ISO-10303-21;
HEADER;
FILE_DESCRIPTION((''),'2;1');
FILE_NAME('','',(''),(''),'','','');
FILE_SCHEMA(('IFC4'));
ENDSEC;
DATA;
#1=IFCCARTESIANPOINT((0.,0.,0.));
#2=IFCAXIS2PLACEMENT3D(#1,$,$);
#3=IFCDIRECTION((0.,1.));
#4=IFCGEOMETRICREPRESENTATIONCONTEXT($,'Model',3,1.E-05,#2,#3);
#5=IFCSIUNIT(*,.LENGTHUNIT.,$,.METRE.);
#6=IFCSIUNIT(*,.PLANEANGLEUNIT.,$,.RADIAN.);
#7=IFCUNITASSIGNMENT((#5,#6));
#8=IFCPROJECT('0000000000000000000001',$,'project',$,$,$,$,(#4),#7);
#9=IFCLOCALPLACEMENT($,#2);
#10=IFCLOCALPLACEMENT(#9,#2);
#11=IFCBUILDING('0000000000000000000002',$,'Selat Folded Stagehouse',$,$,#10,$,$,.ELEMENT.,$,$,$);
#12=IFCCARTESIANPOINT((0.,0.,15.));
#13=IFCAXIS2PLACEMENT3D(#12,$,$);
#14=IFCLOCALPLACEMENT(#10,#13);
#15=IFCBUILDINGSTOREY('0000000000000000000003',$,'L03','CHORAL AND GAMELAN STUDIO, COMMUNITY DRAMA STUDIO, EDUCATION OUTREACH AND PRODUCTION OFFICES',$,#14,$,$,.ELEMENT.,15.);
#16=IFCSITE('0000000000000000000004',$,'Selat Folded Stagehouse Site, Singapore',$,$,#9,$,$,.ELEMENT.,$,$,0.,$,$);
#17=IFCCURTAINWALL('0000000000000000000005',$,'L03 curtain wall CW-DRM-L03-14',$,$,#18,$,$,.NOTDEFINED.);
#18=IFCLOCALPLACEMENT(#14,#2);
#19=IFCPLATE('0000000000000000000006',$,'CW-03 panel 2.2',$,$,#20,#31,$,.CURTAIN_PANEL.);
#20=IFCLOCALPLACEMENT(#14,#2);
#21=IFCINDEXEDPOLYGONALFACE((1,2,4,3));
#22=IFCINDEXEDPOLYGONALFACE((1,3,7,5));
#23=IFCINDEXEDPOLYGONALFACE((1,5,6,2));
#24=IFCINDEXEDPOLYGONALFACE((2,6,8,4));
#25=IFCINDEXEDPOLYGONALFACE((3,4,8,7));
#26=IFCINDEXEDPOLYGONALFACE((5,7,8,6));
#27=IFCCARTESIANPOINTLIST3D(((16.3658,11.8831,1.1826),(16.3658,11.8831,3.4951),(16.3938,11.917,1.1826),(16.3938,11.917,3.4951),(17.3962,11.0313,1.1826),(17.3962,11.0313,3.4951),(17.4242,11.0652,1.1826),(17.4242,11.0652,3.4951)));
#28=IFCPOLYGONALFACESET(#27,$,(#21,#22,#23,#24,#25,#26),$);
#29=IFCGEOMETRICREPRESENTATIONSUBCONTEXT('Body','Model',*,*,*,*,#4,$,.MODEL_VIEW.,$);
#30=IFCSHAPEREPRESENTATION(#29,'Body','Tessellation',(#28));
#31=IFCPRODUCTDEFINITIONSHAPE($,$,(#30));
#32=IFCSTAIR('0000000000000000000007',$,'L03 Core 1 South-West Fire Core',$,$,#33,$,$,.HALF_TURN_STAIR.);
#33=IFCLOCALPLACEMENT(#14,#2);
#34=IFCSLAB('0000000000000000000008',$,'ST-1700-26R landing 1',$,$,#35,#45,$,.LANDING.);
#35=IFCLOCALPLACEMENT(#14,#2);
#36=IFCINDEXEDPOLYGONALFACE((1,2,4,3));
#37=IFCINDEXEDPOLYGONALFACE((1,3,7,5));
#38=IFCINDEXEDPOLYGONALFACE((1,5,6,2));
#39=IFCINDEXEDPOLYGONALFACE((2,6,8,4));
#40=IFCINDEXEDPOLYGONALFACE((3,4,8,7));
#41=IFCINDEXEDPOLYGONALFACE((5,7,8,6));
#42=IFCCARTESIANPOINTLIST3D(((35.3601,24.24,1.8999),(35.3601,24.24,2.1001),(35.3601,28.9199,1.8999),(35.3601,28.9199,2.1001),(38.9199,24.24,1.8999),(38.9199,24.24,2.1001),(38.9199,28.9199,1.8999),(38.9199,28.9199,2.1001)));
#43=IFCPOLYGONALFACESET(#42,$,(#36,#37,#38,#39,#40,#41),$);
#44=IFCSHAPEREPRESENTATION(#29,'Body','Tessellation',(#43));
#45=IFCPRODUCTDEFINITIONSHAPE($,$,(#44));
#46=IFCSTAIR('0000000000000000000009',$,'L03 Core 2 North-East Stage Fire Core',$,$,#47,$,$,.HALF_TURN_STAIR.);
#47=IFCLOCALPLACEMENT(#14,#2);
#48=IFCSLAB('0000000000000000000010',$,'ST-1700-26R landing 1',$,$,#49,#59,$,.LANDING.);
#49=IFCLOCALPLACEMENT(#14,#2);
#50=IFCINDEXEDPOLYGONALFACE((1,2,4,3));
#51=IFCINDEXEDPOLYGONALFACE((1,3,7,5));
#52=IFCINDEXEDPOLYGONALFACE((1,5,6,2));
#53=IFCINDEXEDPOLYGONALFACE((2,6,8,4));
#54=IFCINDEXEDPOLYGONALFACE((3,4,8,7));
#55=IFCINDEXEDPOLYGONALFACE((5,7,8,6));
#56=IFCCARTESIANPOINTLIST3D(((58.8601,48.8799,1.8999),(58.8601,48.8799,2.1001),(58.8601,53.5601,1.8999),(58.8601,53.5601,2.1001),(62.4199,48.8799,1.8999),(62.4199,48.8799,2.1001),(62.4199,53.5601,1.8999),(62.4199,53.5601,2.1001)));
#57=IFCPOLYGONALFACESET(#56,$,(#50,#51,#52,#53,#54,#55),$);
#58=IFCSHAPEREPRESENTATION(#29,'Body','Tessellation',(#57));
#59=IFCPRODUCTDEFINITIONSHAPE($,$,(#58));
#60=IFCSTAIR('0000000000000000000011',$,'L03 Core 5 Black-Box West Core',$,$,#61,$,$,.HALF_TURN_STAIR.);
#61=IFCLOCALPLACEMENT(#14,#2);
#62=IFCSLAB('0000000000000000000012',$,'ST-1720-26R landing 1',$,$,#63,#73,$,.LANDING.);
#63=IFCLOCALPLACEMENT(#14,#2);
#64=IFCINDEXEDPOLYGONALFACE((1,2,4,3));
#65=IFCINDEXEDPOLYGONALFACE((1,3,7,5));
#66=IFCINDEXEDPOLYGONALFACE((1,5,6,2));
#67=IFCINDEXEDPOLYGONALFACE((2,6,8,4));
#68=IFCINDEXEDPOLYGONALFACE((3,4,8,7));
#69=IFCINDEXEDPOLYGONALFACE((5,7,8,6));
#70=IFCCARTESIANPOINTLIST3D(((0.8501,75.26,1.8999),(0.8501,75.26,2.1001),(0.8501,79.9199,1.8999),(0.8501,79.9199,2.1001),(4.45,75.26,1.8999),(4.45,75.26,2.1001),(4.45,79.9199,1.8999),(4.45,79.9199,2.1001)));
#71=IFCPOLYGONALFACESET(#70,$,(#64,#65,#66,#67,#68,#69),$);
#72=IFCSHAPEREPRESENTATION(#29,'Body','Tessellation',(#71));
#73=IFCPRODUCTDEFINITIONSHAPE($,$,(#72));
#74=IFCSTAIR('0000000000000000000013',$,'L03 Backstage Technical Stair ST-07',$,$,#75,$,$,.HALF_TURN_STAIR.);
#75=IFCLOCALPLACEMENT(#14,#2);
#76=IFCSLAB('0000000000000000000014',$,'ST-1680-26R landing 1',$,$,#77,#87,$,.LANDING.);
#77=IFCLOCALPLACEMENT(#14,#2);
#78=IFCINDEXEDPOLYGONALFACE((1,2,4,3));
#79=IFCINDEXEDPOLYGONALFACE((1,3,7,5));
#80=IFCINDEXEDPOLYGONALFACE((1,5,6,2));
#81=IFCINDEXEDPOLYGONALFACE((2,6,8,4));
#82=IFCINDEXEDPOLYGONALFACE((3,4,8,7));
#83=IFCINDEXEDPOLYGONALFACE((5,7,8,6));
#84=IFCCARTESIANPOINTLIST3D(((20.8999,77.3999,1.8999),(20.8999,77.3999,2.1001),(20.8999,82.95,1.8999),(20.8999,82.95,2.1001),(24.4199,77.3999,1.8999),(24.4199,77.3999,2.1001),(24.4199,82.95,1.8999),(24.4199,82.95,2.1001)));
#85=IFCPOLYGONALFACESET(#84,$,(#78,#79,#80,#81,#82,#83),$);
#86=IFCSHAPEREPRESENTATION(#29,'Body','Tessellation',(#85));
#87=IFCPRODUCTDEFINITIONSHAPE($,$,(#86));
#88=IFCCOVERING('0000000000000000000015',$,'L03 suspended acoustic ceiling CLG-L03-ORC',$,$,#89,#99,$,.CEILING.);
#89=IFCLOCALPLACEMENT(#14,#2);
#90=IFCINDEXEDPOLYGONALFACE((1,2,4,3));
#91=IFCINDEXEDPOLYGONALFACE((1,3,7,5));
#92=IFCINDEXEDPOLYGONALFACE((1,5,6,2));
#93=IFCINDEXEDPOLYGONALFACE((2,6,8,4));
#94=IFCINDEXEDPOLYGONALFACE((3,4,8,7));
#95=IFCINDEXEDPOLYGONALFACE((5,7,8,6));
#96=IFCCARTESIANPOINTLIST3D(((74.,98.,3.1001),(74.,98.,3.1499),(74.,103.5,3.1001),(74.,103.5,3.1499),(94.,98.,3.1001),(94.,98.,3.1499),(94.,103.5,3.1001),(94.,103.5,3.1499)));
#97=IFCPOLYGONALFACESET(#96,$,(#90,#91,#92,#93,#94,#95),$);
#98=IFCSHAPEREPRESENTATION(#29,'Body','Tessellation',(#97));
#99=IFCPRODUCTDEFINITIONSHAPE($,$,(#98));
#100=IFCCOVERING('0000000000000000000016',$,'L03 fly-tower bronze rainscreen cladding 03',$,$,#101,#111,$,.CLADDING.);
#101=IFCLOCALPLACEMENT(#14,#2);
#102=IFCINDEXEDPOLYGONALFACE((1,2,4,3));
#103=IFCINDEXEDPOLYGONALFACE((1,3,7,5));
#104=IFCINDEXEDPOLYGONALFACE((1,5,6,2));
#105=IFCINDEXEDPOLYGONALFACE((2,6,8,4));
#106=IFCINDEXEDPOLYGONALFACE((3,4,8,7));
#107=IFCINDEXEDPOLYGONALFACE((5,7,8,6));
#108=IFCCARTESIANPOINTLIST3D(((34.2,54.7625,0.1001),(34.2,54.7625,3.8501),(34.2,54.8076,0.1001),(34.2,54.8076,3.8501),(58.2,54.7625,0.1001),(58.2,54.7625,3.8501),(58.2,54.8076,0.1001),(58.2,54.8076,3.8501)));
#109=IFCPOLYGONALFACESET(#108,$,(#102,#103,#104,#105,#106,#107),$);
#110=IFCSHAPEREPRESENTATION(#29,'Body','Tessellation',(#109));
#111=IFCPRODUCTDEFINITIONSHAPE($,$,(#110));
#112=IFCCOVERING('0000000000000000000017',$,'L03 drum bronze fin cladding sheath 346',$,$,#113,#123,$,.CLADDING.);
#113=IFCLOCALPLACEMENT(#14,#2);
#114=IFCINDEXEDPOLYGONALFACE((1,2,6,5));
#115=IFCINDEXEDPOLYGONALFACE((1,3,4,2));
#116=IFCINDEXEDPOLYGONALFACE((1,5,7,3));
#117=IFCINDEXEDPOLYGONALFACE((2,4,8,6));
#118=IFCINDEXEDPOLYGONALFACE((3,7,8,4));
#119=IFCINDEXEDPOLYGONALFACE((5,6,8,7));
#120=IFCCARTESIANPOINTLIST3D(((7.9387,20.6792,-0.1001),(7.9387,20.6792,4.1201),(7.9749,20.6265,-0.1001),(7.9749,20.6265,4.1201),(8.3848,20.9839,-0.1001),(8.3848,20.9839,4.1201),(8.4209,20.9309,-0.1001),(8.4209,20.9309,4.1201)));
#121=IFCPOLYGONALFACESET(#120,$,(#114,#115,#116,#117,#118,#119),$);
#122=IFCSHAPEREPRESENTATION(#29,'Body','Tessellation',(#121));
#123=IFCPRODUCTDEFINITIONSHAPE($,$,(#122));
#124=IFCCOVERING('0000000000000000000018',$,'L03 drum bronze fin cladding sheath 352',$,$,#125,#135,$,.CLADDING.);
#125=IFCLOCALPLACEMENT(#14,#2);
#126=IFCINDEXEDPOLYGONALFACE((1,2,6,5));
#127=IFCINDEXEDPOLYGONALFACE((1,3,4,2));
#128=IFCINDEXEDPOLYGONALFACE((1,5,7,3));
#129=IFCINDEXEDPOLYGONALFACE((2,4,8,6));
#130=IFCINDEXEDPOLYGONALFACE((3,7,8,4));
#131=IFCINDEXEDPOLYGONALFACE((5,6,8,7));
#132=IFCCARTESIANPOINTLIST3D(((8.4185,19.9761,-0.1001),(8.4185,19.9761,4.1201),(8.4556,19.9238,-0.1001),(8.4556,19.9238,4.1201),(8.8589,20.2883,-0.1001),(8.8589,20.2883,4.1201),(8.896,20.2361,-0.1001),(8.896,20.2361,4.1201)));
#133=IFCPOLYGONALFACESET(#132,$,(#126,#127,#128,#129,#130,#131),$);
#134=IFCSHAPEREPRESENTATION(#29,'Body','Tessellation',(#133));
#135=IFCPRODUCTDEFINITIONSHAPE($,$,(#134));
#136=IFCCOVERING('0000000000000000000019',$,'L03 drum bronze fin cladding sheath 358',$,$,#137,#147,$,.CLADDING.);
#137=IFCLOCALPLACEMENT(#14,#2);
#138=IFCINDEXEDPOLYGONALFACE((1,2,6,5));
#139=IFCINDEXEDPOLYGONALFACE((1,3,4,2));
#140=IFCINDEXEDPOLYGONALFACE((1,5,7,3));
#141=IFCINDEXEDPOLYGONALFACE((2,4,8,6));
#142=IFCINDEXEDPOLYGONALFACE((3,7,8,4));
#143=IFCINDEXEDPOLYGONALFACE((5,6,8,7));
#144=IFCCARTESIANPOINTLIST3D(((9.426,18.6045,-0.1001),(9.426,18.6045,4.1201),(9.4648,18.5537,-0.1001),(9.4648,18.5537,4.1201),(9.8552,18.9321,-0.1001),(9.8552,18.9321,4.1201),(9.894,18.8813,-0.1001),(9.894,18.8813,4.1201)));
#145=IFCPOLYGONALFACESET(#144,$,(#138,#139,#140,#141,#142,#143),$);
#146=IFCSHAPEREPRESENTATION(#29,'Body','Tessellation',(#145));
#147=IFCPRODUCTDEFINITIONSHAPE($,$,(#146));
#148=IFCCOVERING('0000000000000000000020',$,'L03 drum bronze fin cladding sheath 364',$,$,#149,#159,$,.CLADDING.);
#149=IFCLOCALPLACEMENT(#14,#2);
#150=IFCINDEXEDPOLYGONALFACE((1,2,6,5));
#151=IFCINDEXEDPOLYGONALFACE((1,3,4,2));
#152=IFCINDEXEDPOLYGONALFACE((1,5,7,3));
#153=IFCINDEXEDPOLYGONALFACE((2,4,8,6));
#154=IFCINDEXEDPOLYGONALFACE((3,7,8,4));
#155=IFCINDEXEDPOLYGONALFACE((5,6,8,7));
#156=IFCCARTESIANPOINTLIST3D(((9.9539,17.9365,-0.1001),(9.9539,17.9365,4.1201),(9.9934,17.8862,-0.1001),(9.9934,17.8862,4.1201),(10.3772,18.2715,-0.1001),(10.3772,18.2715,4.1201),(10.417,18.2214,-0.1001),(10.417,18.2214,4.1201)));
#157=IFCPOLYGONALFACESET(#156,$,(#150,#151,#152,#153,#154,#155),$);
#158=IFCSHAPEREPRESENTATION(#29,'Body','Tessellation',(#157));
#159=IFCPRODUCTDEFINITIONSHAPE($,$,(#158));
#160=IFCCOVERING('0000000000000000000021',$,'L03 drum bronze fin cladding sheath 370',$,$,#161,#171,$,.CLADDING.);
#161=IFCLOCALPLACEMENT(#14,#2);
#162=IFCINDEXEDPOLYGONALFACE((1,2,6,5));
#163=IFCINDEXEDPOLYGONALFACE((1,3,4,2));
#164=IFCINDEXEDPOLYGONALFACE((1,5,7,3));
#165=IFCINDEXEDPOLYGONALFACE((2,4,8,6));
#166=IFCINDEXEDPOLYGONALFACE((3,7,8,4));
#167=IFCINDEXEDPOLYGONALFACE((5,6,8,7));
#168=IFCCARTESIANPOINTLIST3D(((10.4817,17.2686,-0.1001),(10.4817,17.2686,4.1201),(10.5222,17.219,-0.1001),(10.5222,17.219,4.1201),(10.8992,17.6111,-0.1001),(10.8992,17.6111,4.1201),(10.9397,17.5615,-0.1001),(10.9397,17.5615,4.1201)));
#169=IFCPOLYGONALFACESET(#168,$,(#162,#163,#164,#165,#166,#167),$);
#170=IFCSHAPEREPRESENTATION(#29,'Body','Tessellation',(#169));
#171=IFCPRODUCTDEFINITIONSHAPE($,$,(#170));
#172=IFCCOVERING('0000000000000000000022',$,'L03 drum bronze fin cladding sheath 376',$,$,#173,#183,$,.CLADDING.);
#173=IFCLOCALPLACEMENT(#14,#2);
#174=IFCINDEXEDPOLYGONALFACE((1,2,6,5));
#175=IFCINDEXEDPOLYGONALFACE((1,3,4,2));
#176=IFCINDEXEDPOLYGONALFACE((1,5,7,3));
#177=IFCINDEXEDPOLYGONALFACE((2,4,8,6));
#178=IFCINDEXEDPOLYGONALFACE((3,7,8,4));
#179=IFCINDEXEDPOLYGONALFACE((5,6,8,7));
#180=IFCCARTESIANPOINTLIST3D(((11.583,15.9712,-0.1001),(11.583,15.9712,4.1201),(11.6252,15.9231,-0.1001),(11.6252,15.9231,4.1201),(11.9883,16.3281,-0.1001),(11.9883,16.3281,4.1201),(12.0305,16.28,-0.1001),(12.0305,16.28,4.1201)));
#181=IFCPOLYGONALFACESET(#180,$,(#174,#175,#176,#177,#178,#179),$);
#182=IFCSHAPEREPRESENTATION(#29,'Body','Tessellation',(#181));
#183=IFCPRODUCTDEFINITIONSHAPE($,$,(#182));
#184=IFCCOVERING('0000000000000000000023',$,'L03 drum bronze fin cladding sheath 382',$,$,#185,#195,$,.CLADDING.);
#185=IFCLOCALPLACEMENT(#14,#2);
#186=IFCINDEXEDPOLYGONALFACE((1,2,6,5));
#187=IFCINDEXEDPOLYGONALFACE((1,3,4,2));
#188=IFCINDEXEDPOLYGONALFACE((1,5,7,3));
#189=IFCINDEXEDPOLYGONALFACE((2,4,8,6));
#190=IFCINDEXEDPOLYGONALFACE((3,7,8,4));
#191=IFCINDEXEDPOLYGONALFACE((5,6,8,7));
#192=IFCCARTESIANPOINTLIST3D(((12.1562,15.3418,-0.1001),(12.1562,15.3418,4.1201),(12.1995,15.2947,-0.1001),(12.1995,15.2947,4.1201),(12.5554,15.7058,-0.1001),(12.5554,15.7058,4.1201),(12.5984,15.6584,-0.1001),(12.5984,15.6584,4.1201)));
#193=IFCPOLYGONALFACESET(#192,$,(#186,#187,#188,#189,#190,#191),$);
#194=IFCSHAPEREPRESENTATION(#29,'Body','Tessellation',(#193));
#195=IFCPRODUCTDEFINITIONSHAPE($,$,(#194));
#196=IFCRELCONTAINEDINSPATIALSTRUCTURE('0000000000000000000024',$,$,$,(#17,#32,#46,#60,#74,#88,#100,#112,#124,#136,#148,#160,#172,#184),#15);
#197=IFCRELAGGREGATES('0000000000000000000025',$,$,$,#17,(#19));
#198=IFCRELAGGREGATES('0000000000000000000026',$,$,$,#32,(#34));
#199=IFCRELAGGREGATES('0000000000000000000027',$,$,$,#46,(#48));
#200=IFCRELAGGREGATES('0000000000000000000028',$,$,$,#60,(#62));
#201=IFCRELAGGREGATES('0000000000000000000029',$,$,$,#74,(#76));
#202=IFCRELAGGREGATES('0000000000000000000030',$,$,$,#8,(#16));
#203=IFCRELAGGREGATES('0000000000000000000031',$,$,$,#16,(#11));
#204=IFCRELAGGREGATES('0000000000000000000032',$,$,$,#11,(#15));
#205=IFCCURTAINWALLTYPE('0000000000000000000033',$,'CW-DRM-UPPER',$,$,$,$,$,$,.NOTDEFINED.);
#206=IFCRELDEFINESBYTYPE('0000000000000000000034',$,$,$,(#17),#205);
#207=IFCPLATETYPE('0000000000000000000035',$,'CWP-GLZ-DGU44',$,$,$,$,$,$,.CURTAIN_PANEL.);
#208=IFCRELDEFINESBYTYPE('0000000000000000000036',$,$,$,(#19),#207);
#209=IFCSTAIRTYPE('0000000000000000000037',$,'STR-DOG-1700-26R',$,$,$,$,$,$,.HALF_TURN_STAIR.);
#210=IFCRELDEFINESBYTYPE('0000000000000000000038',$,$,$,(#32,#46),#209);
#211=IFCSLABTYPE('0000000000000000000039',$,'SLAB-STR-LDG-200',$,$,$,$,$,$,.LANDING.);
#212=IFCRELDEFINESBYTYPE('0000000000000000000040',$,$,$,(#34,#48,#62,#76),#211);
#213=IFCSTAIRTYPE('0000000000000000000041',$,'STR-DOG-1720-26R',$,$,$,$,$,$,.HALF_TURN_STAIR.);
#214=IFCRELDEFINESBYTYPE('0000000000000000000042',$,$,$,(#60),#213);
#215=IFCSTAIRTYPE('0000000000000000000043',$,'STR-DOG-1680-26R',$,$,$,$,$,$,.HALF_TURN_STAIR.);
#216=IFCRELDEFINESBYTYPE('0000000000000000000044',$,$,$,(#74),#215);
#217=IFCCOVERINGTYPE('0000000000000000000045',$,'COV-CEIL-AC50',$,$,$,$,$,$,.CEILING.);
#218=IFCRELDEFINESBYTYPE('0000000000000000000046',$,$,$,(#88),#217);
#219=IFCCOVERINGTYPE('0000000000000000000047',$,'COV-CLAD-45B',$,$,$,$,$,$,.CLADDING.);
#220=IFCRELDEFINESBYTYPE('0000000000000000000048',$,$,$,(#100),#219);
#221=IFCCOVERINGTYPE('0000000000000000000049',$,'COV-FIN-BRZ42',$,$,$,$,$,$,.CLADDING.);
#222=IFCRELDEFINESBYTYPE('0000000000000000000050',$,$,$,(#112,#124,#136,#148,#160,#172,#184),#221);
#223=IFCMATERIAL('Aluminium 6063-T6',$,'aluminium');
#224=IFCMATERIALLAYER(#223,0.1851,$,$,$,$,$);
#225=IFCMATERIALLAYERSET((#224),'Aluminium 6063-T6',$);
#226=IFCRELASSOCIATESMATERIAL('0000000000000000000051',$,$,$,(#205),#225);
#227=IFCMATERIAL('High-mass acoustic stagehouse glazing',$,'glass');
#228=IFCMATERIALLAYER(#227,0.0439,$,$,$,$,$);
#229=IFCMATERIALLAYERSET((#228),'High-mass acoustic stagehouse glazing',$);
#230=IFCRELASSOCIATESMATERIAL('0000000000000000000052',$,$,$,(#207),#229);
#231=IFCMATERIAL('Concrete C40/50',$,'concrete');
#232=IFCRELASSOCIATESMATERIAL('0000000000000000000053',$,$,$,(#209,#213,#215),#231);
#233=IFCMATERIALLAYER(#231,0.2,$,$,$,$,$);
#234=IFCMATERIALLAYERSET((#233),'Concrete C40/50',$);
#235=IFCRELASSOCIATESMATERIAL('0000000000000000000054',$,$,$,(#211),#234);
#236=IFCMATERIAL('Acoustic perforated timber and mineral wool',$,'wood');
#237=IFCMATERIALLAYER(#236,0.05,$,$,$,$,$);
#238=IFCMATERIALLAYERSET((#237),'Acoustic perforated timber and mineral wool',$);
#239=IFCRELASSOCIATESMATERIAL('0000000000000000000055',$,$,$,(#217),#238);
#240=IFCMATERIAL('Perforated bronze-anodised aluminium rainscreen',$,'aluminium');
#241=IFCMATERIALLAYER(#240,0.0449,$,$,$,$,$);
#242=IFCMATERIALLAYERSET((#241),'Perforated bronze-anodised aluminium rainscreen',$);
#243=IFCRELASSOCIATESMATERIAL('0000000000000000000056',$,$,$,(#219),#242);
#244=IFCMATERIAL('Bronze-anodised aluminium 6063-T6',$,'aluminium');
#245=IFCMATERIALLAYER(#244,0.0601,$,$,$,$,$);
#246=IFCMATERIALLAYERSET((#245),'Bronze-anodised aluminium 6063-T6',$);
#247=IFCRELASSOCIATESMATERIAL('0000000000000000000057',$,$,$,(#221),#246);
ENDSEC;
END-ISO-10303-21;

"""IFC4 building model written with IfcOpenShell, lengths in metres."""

from ifc_helpers import new_model, si_unit, direction, frame, origin, origin_2d, place, context, subcontext, project, spatial, polyline, rectangle, outline, extrude, material, layer, layer_set, type_object, element, aggregate, save


model = new_model("IFC4")

# Units and contexts
model_context = context("Model", 3, precision=1e-05, world=origin(), true_north=direction((0.0, 1.0)))
body_context = subcontext(model_context, "Body", "Model", "MODEL_VIEW")
ifc_project = project(units=[si_unit("LENGTHUNIT", "METRE"), si_unit("PLANEANGLEUNIT", "RADIAN")], contexts=[model_context])

# Site, building, storey
site_placement = place(None, origin())
site = spatial("IfcSite", under=ifc_project, at=site_placement, Name="Selat Folded Stagehouse Site, Singapore", CompositionType="ELEMENT", RefElevation=0.0)
building_placement = place(site_placement, origin())
building = spatial("IfcBuilding", under=site, at=building_placement, Name="Selat Folded Stagehouse", CompositionType="ELEMENT")
storey_placement = place(building_placement, frame((0.0, 0.0, 15.0)))
storey = spatial("IfcBuildingStorey", under=building, at=storey_placement, Name="L03", Description="CHORAL AND GAMELAN STUDIO, COMMUNITY DRAMA STUDIO, EDUCATION OUTREACH AND PRODUCTION OFFICES", CompositionType="ELEMENT", Elevation=15.0)

# Shared definitions
ifc_material_1 = material(Name="Aluminium 6063-T6", Category="aluminium")
ifc_layer_1 = layer(ifc_material_1, 0.1851)
ifc_layer_set_1 = layer_set([ifc_layer_1], Name="Aluminium 6063-T6")
curtain_wall_type = type_object("IfcCurtainWallType", Name="CW-DRM-UPPER", PredefinedType="NOTDEFINED", material=ifc_layer_set_1)

# Curtain wall
curtain_wall_1_placement = place(storey_placement, origin())
curtain_wall_1 = element("IfcCurtainWall", 1, at=curtain_wall_1_placement, inside=storey, type_object=curtain_wall_type, Name="L03 curtain wall CW-DRM-L03-14", PredefinedType="NOTDEFINED")

# Plate
ifc_material_2 = material(Name="High-mass acoustic stagehouse glazing", Category="glass")
ifc_layer_2 = layer(ifc_material_2, 0.0439)
ifc_layer_set_2 = layer_set([ifc_layer_2], Name="High-mass acoustic stagehouse glazing")
plate_type = type_object("IfcPlateType", Name="CWP-GLZ-DGU44", PredefinedType="CURTAIN_PANEL", material=ifc_layer_set_2)
plate_1_placement = place(storey_placement, frame((16.895, 11.4741, 1.1826), z_axis=(0.0, 0.0, 1.0), x_axis=(-0.770747, 0.637142, 0.0)))
plate_1 = element("IfcPlate", 2, at=plate_1_placement, type_object=plate_type, Name="CW-03 panel 2.2", PredefinedType="CURTAIN_PANEL", context=body_context, shape_type="SweptSolid", body=[
    extrude(rectangle(XDim=1.3369, YDim=0.0439, at=origin_2d()), origin(), (0.0, 0.0, 1.0), 2.3125),
])
aggregate(curtain_wall_1, [plate_1])

# Stairs, slabs
ifc_material_3 = material(Name="Concrete C40/50", Category="concrete")
stair_type_1 = type_object("IfcStairType", Name="STR-DOG-1700-26R", PredefinedType="HALF_TURN_STAIR", material=ifc_material_3)
stair_1_placement = place(storey_placement, origin())
stair_1 = element("IfcStair", 3, at=stair_1_placement, inside=storey, type_object=stair_type_1, Name="L03 Core 1 South-West Fire Core", PredefinedType="HALF_TURN_STAIR")
ifc_layer_3 = layer(ifc_material_3, 0.2)
ifc_layer_set_3 = layer_set([ifc_layer_3], Name="Concrete C40/50")
slab_type = type_object("IfcSlabType", Name="SLAB-STR-LDG-200", PredefinedType="LANDING", material=ifc_layer_set_3)
slab_1_placement = place(storey_placement, frame((0.0, 0.0, 1.8999)))
slab_1 = element("IfcSlab", 4, at=slab_1_placement, type_object=slab_type, Name="ST-1700-26R landing 1", PredefinedType="LANDING", context=body_context, shape_type="SweptSolid", body=[
    extrude(outline(polyline([(35.3601, 28.9199), (35.3601, 24.24), (38.9199, 24.24), (38.9199, 28.9199), (35.3601, 28.9199)])), origin(), (0.0, 0.0, 1.0), 0.2002),
])
aggregate(stair_1, [slab_1])
stair_2_placement = place(storey_placement, origin())
stair_2 = element("IfcStair", 5, at=stair_2_placement, inside=storey, type_object=stair_type_1, Name="L03 Core 2 North-East Stage Fire Core", PredefinedType="HALF_TURN_STAIR")
slab_2_placement = place(storey_placement, frame((0.0, 0.0, 1.8999)))
slab_2 = element("IfcSlab", 6, at=slab_2_placement, type_object=slab_type, Name="ST-1700-26R landing 1", PredefinedType="LANDING", context=body_context, shape_type="SweptSolid", body=[
    extrude(outline(polyline([(62.4199, 48.8799), (62.4199, 53.5601), (58.8601, 53.5601), (58.8601, 48.8799), (62.4199, 48.8799)])), origin(), (0.0, 0.0, 1.0), 0.2002),
])
aggregate(stair_2, [slab_2])
stair_type_2 = type_object("IfcStairType", Name="STR-DOG-1720-26R", PredefinedType="HALF_TURN_STAIR", material=ifc_material_3)
stair_3_placement = place(storey_placement, origin())
stair_3 = element("IfcStair", 7, at=stair_3_placement, inside=storey, type_object=stair_type_2, Name="L03 Core 5 Black-Box West Core", PredefinedType="HALF_TURN_STAIR")
slab_3_placement = place(storey_placement, frame((0.0, 0.0, 1.8999)))
slab_3 = element("IfcSlab", 8, at=slab_3_placement, type_object=slab_type, Name="ST-1720-26R landing 1", PredefinedType="LANDING", context=body_context, shape_type="SweptSolid", body=[
    extrude(outline(polyline([(4.45, 75.26), (4.45, 79.9199), (0.8501, 79.9199), (0.8501, 75.26), (4.45, 75.26)])), origin(), (0.0, 0.0, 1.0), 0.2002),
])
aggregate(stair_3, [slab_3])
stair_type_3 = type_object("IfcStairType", Name="STR-DOG-1680-26R", PredefinedType="HALF_TURN_STAIR", material=ifc_material_3)
stair_4_placement = place(storey_placement, origin())
stair_4 = element("IfcStair", 9, at=stair_4_placement, inside=storey, type_object=stair_type_3, Name="L03 Backstage Technical Stair ST-07", PredefinedType="HALF_TURN_STAIR")
slab_4_placement = place(storey_placement, frame((0.0, 0.0, 1.8999)))
slab_4 = element("IfcSlab", 10, at=slab_4_placement, type_object=slab_type, Name="ST-1680-26R landing 1", PredefinedType="LANDING", context=body_context, shape_type="SweptSolid", body=[
    extrude(outline(polyline([(24.4199, 77.3999), (24.4199, 82.95), (20.8999, 82.95), (20.8999, 77.3999), (24.4199, 77.3999)])), origin(), (0.0, 0.0, 1.0), 0.2002),
])
aggregate(stair_4, [slab_4])

# Coverings
ifc_material_4 = material(Name="Acoustic perforated timber and mineral wool", Category="wood")
ifc_layer_4 = layer(ifc_material_4, 0.05)
ifc_layer_set_4 = layer_set([ifc_layer_4], Name="Acoustic perforated timber and mineral wool")
covering_type_1 = type_object("IfcCoveringType", Name="COV-CEIL-AC50", PredefinedType="CEILING", material=ifc_layer_set_4)
covering_1_placement = place(storey_placement, frame((0.0, 0.0, 3.1001)))
element("IfcCovering", 11, at=covering_1_placement, inside=storey, type_object=covering_type_1, Name="L03 suspended acoustic ceiling CLG-L03-ORC", PredefinedType="CEILING", context=body_context, shape_type="SweptSolid", body=[
    extrude(outline(polyline([(74.0, 98.0), (94.0, 98.0), (94.0, 103.5), (74.0, 103.5), (74.0, 98.0)])), origin(), (0.0, 0.0, 1.0), 0.0498),
])
ifc_material_5 = material(Name="Perforated bronze-anodised aluminium rainscreen", Category="aluminium")
ifc_layer_5 = layer(ifc_material_5, 0.0449)
ifc_layer_set_5 = layer_set([ifc_layer_5], Name="Perforated bronze-anodised aluminium rainscreen")
covering_type_2 = type_object("IfcCoveringType", Name="COV-CLAD-45B", PredefinedType="CLADDING", material=ifc_layer_set_5)
covering_2_placement = place(storey_placement, frame((0.0, 0.0, 0.1001)))
element("IfcCovering", 12, at=covering_2_placement, inside=storey, type_object=covering_type_2, Name="L03 fly-tower bronze rainscreen cladding 03", PredefinedType="CLADDING", context=body_context, shape_type="SweptSolid", body=[
    extrude(outline(polyline([(34.2, 54.7625), (58.2, 54.7625), (58.2, 54.8076), (34.2, 54.8076), (34.2, 54.7625)])), origin(), (0.0, 0.0, 1.0), 3.75),
])
ifc_material_6 = material(Name="Bronze-anodised aluminium 6063-T6", Category="aluminium")
ifc_layer_6 = layer(ifc_material_6, 0.0601)
ifc_layer_set_6 = layer_set([ifc_layer_6], Name="Bronze-anodised aluminium 6063-T6")
covering_type_3 = type_object("IfcCoveringType", Name="COV-FIN-BRZ42", PredefinedType="CLADDING", material=ifc_layer_set_6)
covering_3_placement = place(storey_placement, frame((0.0, 0.0, -0.1001)))
element("IfcCovering", 13, at=covering_3_placement, inside=storey, type_object=covering_type_3, Name="L03 drum bronze fin cladding sheath 346", PredefinedType="CLADDING", context=body_context, shape_type="SweptSolid", body=[
    extrude(outline(polyline([(8.3848, 20.9839), (7.9387, 20.6792), (7.9749, 20.6265), (8.4209, 20.9309), (8.3848, 20.9839)])), origin(), (0.0, 0.0, 1.0), 4.2202),
])
covering_4_placement = place(storey_placement, frame((0.0, 0.0, -0.1001)))
element("IfcCovering", 14, at=covering_4_placement, inside=storey, type_object=covering_type_3, Name="L03 drum bronze fin cladding sheath 352", PredefinedType="CLADDING", context=body_context, shape_type="SweptSolid", body=[
    extrude(outline(polyline([(8.8589, 20.2883), (8.4185, 19.9761), (8.4556, 19.9238), (8.896, 20.2361), (8.8589, 20.2883)])), origin(), (0.0, 0.0, 1.0), 4.2202),
])
covering_5_placement = place(storey_placement, frame((0.0, 0.0, -0.1001)))
element("IfcCovering", 15, at=covering_5_placement, inside=storey, type_object=covering_type_3, Name="L03 drum bronze fin cladding sheath 358", PredefinedType="CLADDING", context=body_context, shape_type="SweptSolid", body=[
    extrude(outline(polyline([(9.8552, 18.9321), (9.426, 18.6045), (9.4648, 18.5537), (9.894, 18.8813), (9.8552, 18.9321)])), origin(), (0.0, 0.0, 1.0), 4.2202),
])
covering_6_placement = place(storey_placement, frame((0.0, 0.0, -0.1001)))
element("IfcCovering", 16, at=covering_6_placement, inside=storey, type_object=covering_type_3, Name="L03 drum bronze fin cladding sheath 364", PredefinedType="CLADDING", context=body_context, shape_type="SweptSolid", body=[
    extrude(outline(polyline([(10.3772, 18.2715), (9.9539, 17.9365), (9.9934, 17.8862), (10.417, 18.2214), (10.3772, 18.2715)])), origin(), (0.0, 0.0, 1.0), 4.2202),
])
covering_7_placement = place(storey_placement, frame((0.0, 0.0, -0.1001)))
element("IfcCovering", 17, at=covering_7_placement, inside=storey, type_object=covering_type_3, Name="L03 drum bronze fin cladding sheath 370", PredefinedType="CLADDING", context=body_context, shape_type="SweptSolid", body=[
    extrude(outline(polyline([(10.8992, 17.6111), (10.4817, 17.2686), (10.5222, 17.219), (10.9397, 17.5615), (10.8992, 17.6111)])), origin(), (0.0, 0.0, 1.0), 4.2202),
])
covering_8_placement = place(storey_placement, frame((0.0, 0.0, -0.1001)))
element("IfcCovering", 18, at=covering_8_placement, inside=storey, type_object=covering_type_3, Name="L03 drum bronze fin cladding sheath 376", PredefinedType="CLADDING", context=body_context, shape_type="SweptSolid", body=[
    extrude(outline(polyline([(11.9883, 16.3281), (11.583, 15.9712), (11.6252, 15.9231), (12.0305, 16.28), (11.9883, 16.3281)])), origin(), (0.0, 0.0, 1.0), 4.2202),
])
covering_9_placement = place(storey_placement, frame((0.0, 0.0, -0.1001)))
element("IfcCovering", 19, at=covering_9_placement, inside=storey, type_object=covering_type_3, Name="L03 drum bronze fin cladding sheath 382", PredefinedType="CLADDING", context=body_context, shape_type="SweptSolid", body=[
    extrude(outline(polyline([(12.5554, 15.7058), (12.1562, 15.3418), (12.1995, 15.2947), (12.5984, 15.6584), (12.5554, 15.7058)])), origin(), (0.0, 0.0, 1.0), 4.2202),
])

save(model, "model.ifc")
